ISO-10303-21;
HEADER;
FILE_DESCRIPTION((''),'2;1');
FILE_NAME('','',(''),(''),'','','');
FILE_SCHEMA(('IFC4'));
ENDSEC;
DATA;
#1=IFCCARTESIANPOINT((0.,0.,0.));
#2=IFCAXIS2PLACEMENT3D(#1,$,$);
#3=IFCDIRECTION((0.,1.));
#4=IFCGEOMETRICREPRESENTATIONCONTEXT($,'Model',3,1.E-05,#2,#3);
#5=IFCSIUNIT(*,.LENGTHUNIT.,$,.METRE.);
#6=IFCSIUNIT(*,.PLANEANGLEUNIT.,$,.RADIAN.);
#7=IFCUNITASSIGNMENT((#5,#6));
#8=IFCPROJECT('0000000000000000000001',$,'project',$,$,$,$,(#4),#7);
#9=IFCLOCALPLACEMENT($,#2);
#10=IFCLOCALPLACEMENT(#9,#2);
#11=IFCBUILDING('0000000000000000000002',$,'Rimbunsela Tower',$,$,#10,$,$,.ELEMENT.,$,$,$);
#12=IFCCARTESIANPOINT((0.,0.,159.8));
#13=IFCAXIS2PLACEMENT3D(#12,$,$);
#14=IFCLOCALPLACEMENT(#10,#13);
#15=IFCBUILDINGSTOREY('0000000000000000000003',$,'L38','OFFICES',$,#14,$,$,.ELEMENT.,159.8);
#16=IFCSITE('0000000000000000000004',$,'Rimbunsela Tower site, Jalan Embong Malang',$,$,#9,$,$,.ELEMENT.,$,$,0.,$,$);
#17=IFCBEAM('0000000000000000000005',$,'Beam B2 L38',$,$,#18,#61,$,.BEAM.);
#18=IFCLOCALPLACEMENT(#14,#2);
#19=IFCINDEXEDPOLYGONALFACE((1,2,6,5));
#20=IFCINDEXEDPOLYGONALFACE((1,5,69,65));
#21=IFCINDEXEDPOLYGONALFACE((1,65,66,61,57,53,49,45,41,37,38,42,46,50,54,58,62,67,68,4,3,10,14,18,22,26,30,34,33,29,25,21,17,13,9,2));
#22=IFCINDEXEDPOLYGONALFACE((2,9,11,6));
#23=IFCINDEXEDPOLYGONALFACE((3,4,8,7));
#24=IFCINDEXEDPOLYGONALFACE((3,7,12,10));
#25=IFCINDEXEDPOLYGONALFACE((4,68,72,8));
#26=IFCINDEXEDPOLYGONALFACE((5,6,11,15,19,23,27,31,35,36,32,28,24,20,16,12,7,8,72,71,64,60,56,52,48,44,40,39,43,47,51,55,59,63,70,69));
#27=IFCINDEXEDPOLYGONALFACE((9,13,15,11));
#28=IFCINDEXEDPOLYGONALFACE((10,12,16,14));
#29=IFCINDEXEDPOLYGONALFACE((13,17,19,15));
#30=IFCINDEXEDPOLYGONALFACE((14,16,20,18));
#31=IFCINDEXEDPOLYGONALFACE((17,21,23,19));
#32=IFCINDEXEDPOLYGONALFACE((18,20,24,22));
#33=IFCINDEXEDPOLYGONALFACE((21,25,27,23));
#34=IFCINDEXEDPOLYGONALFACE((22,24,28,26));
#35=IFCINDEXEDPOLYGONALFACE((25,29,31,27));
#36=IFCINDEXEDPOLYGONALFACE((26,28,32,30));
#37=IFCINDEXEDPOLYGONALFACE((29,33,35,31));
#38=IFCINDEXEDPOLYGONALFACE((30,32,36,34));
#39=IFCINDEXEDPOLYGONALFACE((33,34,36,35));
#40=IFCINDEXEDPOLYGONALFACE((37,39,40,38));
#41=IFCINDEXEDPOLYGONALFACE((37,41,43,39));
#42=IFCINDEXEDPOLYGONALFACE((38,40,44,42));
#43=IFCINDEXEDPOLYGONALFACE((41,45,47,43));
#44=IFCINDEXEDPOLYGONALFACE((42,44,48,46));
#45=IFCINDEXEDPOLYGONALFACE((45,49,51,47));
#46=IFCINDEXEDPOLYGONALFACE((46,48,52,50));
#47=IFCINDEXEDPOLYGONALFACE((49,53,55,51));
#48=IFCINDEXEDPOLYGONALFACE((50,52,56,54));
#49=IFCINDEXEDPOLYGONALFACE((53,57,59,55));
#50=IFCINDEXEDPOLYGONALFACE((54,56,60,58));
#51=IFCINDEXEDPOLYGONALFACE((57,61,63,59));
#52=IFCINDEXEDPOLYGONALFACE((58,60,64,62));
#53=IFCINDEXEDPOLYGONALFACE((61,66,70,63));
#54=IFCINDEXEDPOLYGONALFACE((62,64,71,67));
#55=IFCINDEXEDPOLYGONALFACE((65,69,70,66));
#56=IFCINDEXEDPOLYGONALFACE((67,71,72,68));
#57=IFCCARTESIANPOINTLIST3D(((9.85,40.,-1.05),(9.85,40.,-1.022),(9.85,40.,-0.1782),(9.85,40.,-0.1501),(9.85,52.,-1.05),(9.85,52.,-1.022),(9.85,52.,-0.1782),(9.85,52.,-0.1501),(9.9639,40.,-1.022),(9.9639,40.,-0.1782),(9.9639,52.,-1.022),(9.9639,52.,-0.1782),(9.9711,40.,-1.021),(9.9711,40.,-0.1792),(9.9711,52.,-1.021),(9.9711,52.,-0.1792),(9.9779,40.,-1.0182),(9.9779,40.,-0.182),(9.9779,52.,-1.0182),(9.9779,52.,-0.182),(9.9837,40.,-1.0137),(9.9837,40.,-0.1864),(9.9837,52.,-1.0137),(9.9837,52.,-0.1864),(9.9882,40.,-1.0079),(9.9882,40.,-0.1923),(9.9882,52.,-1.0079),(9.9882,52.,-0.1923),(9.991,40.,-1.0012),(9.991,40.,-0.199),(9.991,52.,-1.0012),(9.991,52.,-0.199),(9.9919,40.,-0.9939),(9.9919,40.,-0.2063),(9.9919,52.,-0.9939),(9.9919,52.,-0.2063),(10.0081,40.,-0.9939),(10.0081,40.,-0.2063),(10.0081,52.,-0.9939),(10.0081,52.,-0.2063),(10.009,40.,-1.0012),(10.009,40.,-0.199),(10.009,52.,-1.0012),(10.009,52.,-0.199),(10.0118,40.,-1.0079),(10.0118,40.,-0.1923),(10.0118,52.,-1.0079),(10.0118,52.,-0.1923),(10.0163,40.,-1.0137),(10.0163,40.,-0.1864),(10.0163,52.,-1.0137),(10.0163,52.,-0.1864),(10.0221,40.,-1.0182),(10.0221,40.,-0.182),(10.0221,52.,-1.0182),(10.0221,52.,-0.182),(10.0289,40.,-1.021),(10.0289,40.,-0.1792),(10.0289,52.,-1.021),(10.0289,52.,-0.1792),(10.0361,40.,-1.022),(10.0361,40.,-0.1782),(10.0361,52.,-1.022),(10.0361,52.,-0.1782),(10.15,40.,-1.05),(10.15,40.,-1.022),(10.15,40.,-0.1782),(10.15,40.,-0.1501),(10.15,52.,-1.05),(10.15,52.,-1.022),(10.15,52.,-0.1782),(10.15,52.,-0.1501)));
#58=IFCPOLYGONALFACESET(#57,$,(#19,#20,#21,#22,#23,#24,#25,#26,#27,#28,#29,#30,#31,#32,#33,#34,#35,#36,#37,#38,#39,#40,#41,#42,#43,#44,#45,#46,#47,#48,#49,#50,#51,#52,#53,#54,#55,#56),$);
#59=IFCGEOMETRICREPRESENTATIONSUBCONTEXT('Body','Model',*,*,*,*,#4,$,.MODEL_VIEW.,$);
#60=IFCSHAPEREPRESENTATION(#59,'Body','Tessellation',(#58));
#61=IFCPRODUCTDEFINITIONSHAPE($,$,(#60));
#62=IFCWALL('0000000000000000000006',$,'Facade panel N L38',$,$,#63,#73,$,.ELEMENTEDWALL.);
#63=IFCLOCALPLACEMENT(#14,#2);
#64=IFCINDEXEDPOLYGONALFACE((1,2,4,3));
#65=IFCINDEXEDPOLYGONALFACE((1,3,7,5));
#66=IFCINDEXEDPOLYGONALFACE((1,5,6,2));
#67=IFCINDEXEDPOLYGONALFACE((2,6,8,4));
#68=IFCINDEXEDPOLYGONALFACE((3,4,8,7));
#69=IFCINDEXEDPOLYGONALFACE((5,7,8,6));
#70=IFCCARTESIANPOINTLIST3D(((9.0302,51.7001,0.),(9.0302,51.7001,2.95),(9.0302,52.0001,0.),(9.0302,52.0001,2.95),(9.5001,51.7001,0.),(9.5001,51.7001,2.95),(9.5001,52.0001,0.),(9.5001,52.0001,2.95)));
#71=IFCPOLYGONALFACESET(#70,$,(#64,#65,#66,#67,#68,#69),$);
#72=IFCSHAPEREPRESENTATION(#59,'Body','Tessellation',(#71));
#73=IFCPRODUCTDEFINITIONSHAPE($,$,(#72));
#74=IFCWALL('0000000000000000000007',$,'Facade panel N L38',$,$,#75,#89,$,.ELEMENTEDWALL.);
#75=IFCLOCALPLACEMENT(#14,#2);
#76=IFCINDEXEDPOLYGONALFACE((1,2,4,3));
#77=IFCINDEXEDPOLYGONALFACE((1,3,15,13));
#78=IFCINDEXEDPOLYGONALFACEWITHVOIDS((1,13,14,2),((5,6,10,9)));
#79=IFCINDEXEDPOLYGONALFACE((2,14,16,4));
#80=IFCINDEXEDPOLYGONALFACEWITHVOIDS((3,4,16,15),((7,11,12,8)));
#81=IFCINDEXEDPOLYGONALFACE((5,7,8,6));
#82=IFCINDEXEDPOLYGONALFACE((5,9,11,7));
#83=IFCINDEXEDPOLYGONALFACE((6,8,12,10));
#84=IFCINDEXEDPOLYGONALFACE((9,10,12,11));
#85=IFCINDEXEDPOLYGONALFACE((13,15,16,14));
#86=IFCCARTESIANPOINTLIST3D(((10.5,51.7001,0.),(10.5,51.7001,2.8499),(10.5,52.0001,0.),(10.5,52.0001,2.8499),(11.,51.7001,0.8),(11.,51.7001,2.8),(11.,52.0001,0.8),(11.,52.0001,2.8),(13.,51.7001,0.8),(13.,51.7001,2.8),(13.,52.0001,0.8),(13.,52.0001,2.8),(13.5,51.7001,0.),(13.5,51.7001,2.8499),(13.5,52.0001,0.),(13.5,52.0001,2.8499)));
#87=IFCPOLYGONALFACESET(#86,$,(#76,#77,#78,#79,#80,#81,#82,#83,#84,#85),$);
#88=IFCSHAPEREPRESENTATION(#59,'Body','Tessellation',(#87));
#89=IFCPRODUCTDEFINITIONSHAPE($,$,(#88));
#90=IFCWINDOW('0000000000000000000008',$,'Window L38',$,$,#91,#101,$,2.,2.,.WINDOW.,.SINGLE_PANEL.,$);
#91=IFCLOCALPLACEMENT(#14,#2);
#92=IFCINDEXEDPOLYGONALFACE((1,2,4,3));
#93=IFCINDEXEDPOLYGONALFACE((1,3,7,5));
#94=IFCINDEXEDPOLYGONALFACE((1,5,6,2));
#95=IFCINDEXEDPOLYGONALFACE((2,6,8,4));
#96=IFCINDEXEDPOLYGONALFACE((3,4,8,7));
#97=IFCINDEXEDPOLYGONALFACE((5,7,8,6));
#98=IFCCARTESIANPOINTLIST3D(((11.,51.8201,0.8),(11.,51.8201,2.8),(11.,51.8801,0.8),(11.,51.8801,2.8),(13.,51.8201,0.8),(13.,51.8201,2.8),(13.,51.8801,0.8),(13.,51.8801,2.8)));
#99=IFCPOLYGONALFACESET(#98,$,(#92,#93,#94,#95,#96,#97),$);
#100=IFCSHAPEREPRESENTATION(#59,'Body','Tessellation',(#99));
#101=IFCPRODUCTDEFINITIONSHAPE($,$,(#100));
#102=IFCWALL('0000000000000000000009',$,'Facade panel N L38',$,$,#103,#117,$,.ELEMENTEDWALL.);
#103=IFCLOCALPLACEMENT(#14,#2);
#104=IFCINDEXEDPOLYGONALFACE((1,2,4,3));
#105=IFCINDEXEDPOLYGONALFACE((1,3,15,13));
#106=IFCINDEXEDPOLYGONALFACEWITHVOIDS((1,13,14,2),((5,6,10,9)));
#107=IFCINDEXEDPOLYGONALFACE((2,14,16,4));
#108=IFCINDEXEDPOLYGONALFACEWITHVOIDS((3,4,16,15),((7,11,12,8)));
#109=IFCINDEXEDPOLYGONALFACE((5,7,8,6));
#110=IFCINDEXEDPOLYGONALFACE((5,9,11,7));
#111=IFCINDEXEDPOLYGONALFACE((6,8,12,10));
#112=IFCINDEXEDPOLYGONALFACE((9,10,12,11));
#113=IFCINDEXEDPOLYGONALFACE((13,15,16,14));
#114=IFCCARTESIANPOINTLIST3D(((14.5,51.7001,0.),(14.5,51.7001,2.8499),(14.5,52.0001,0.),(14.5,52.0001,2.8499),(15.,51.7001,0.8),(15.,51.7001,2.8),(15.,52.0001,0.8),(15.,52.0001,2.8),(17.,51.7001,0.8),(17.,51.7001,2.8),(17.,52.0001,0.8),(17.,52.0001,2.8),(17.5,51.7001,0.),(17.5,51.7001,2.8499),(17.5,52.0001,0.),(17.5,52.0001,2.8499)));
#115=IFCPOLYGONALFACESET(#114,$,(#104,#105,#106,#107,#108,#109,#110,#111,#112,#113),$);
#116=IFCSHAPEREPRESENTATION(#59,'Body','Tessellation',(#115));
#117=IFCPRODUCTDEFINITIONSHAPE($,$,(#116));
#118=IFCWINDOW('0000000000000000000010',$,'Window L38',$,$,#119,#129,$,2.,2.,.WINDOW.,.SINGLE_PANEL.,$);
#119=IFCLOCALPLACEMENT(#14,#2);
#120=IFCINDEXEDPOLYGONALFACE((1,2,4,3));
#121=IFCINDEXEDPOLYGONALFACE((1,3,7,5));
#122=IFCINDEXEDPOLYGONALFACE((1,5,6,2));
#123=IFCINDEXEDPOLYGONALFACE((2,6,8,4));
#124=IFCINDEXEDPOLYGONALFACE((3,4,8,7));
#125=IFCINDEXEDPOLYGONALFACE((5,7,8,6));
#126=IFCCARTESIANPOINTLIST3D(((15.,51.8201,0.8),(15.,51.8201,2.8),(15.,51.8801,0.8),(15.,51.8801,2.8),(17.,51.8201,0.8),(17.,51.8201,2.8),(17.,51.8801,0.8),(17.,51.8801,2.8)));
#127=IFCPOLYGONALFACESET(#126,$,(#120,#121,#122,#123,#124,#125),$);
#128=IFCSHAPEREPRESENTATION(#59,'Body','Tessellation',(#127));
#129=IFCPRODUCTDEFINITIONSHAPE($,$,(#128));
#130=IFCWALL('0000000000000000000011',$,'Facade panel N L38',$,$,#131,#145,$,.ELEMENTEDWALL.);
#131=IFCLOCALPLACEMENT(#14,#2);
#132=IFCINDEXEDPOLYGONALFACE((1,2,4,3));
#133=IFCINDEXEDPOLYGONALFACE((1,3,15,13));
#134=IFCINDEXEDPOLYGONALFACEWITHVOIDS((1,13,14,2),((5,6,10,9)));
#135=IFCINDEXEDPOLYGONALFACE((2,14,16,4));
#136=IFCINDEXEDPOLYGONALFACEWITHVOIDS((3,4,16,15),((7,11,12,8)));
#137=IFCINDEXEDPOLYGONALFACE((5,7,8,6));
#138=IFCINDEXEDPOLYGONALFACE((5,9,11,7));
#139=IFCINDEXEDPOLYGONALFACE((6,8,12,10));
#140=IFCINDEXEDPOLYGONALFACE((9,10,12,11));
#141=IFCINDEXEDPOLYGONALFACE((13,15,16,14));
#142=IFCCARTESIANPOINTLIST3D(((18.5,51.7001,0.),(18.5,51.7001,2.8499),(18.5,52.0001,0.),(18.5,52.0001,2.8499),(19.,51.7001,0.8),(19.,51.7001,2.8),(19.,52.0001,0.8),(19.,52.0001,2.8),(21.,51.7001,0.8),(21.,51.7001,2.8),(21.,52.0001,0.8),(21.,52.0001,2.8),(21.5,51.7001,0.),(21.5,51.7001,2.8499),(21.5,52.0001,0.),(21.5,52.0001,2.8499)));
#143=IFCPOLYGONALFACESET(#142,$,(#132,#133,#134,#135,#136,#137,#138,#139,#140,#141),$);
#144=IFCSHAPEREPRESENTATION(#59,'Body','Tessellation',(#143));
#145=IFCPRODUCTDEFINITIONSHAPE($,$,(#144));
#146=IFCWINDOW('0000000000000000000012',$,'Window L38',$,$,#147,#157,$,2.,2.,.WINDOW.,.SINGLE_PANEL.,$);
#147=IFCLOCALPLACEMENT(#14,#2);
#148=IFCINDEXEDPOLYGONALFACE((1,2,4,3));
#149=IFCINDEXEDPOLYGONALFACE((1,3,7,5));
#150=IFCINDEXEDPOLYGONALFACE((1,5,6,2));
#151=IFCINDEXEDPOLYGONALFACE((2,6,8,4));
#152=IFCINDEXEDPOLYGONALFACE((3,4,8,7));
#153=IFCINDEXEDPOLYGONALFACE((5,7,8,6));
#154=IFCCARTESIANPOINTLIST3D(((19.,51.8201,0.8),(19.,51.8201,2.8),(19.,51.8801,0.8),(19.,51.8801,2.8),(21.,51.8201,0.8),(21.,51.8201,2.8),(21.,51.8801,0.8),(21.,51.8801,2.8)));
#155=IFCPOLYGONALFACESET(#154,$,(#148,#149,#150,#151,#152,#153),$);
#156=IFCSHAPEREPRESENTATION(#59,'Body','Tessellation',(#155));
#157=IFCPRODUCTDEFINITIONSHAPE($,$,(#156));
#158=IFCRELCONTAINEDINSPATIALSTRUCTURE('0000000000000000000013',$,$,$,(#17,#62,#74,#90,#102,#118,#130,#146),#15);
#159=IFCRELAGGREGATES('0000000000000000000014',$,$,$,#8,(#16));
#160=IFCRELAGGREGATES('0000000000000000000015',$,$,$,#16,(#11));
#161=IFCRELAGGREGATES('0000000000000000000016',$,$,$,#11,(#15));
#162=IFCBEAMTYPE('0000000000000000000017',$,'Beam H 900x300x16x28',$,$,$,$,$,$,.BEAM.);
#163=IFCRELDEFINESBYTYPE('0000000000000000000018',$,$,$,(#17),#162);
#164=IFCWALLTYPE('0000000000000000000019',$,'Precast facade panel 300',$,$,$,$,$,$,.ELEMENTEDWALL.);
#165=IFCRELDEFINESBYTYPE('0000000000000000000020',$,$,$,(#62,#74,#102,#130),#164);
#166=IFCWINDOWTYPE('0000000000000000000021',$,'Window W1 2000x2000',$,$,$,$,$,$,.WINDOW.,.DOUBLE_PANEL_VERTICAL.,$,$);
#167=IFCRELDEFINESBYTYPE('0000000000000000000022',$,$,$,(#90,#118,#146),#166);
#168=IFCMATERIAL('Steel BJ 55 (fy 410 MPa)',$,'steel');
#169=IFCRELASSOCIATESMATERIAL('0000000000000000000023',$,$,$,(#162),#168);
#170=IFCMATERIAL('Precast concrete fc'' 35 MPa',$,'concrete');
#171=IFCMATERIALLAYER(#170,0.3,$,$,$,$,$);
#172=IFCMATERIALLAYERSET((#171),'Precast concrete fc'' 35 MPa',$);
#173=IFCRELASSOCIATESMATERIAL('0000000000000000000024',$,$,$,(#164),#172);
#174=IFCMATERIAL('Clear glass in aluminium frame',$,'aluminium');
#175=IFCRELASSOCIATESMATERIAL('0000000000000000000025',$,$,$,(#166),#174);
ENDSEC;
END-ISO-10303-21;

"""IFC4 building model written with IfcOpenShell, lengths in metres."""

from ifc_helpers import new_model, si_unit, direction, frame, frame_2d, origin, origin_2d, place, context, subcontext, project, spatial, rectangle, i_section, extrude, material, layer, layer_set, material_profile, profile_set, type_object, element, fill, save


model = new_model("IFC4")

# Units and contexts
model_context = context("Model", 3, precision=1e-05, world=origin(), true_north=direction((0.0, 1.0)))
body_context = subcontext(model_context, "Body", "Model", "MODEL_VIEW")
ifc_project = project(units=[si_unit("LENGTHUNIT", "METRE"), si_unit("PLANEANGLEUNIT", "RADIAN")], contexts=[model_context])

# Site, building, storey
site_placement = place(None, origin())
site = spatial("IfcSite", under=ifc_project, at=site_placement, Name="Rimbunsela Tower site, Jalan Embong Malang", CompositionType="ELEMENT", RefElevation=0.0)
building_placement = place(site_placement, origin())
building = spatial("IfcBuilding", under=site, at=building_placement, Name="Rimbunsela Tower", CompositionType="ELEMENT")
storey_placement = place(building_placement, frame((0.0, 0.0, 159.8)))
storey = spatial("IfcBuildingStorey", under=building, at=storey_placement, Name="L38", Description="OFFICES", CompositionType="ELEMENT", Elevation=159.8)

# Beam
ifc_material_1 = material(Name="Steel BJ 55 (fy 410 MPa)", Category="steel")
ifc_material_profile_1 = material_profile(ifc_material_1, i_section(OverallWidth=0.3, OverallDepth=0.8999, WebThickness=0.0161, FlangeThickness=0.0281, FilletRadius=0.0281, at=origin_2d()), Name="H 900x300x16x28")
ifc_profile_set_1 = profile_set([ifc_material_profile_1], Name="Steel BJ 55 (fy 410 MPa)")
beam_type_1 = type_object("IfcBeamType", Name="Beam H 900x300x16x28", PredefinedType="BEAM", material=ifc_profile_set_1)
beam_1_placement = place(storey_placement, frame((10.0, 40.0, -0.6001), z_axis=(0.0, 1.0, 0.0), x_axis=(-1.0, 0.0, 0.0)))
element("IfcBeam", 1, at=beam_1_placement, inside=storey, type_object=beam_type_1, Name="Beam B2 L38", PredefinedType="BEAM", context=body_context, shape_type="SweptSolid", body=[
    extrude(i_section(OverallWidth=0.3, OverallDepth=0.8999, WebThickness=0.0161, FlangeThickness=0.0281, FilletRadius=0.0281, at=origin_2d()), origin(), (0.0, 0.0, 1.0), 12.0),
])

# Wall
ifc_material_2 = material(Name="Precast concrete fc' 35 MPa", Category="concrete")
ifc_layer_1 = layer(ifc_material_2, 0.3)
ifc_layer_set_1 = layer_set([ifc_layer_1], Name="Precast concrete fc' 35 MPa")
wall_type_1 = type_object("IfcWallType", Name="Precast facade panel 300", PredefinedType="ELEMENTEDWALL", material=ifc_layer_set_1)
wall_1_placement = place(storey_placement, frame((9.5, 51.8501, 0.0), z_axis=(0.0, 0.0, 1.0), x_axis=(-1.0, 0.0, 0.0)))
element("IfcWall", 2, at=wall_1_placement, inside=storey, type_object=wall_type_1, Name="Facade panel N L38", PredefinedType="ELEMENTEDWALL", context=body_context, shape_type="SweptSolid", body=[
    extrude(rectangle(XDim=0.47, YDim=0.3, at=frame_2d((0.2349, 0.0))), origin(), (0.0, 0.0, 1.0), 2.95),
])

# Walls, openings, windows
wall_2_placement = place(storey_placement, frame((13.5, 51.8501, 0.0), z_axis=(0.0, 0.0, 1.0), x_axis=(-1.0, 0.0, 0.0)))
wall_2 = element("IfcWall", 3, at=wall_2_placement, inside=storey, type_object=wall_type_1, Name="Facade panel N L38", PredefinedType="ELEMENTEDWALL", context=body_context, shape_type="SweptSolid", body=[
    extrude(rectangle(XDim=3.0, YDim=0.3, at=frame_2d((1.5, 0.0))), origin(), (0.0, 0.0, 1.0), 2.8499),
])
opening_1_placement = place(wall_2_placement, frame((0.5, 0.0, 0.8)))
opening_1 = element("IfcOpeningElement", 4, at=opening_1_placement, cuts=wall_2, PredefinedType="OPENING", context=body_context, shape_type="SweptSolid", body=[
    extrude(rectangle(XDim=2.0, YDim=2.0, at=frame_2d((1.0, 1.0))), frame((0.0, 0.1599, 0.0), z_axis=(0.0, -1.0, 0.0), x_axis=(1.0, 0.0, 0.0)), (0.0, 0.0, 1.0), 0.3201),
])
ifc_material_3 = material(Name="Clear glass in aluminium frame", Category="aluminium")
window_type = type_object("IfcWindowType", Name="Window W1 2000x2000", PartitioningType="DOUBLE_PANEL_VERTICAL", PredefinedType="WINDOW", material=ifc_material_3)
window_1_placement = place(opening_1_placement, origin())
window_1 = element("IfcWindow", 5, at=window_1_placement, inside=storey, type_object=window_type, Name="Window L38", OverallHeight=2.0, OverallWidth=2.0, PartitioningType="SINGLE_PANEL", PredefinedType="WINDOW", context=body_context, shape_type="SweptSolid", body=[
    extrude(rectangle(XDim=2.0, YDim=2.0, at=frame_2d((1.0, 1.0))), frame((0.0, 0.03, 0.0), z_axis=(0.0, -1.0, 0.0), x_axis=(1.0, 0.0, 0.0)), (0.0, 0.0, 1.0), 0.0601),
])
fill(opening_1, window_1)
wall_3_placement = place(storey_placement, frame((17.5, 51.8501, 0.0), z_axis=(0.0, 0.0, 1.0), x_axis=(-1.0, 0.0, 0.0)))
wall_3 = element("IfcWall", 6, at=wall_3_placement, inside=storey, type_object=wall_type_1, Name="Facade panel N L38", PredefinedType="ELEMENTEDWALL", context=body_context, shape_type="SweptSolid", body=[
    extrude(rectangle(XDim=3.0, YDim=0.3, at=frame_2d((1.5, 0.0))), origin(), (0.0, 0.0, 1.0), 2.8499),
])
opening_2_placement = place(wall_3_placement, frame((0.5, 0.0, 0.8)))
opening_2 = element("IfcOpeningElement", 7, at=opening_2_placement, cuts=wall_3, PredefinedType="OPENING", context=body_context, shape_type="SweptSolid", body=[
    extrude(rectangle(XDim=2.0, YDim=2.0, at=frame_2d((1.0, 1.0))), frame((0.0, 0.1599, 0.0), z_axis=(0.0, -1.0, 0.0), x_axis=(1.0, 0.0, 0.0)), (0.0, 0.0, 1.0), 0.3201),
])
window_2_placement = place(opening_2_placement, origin())
window_2 = element("IfcWindow", 8, at=window_2_placement, inside=storey, type_object=window_type, Name="Window L38", OverallHeight=2.0, OverallWidth=2.0, PartitioningType="SINGLE_PANEL", PredefinedType="WINDOW", context=body_context, shape_type="SweptSolid", body=[
    extrude(rectangle(XDim=2.0, YDim=2.0, at=frame_2d((1.0, 1.0))), frame((0.0, 0.03, 0.0), z_axis=(0.0, -1.0, 0.0), x_axis=(1.0, 0.0, 0.0)), (0.0, 0.0, 1.0), 0.0601),
])
fill(opening_2, window_2)
wall_4_placement = place(storey_placement, frame((21.5, 51.8501, 0.0), z_axis=(0.0, 0.0, 1.0), x_axis=(-1.0, 0.0, 0.0)))
wall_4 = element("IfcWall", 9, at=wall_4_placement, inside=storey, type_object=wall_type_1, Name="Facade panel N L38", PredefinedType="ELEMENTEDWALL", context=body_context, shape_type="SweptSolid", body=[
    extrude(rectangle(XDim=3.0, YDim=0.3, at=frame_2d((1.5, 0.0))), origin(), (0.0, 0.0, 1.0), 2.8499),
])
opening_3_placement = place(wall_4_placement, frame((0.5, 0.0, 0.8)))
opening_3 = element("IfcOpeningElement", 10, at=opening_3_placement, cuts=wall_4, PredefinedType="OPENING", context=body_context, shape_type="SweptSolid", body=[
    extrude(rectangle(XDim=2.0, YDim=2.0, at=frame_2d((1.0, 1.0))), frame((0.0, 0.1599, 0.0), z_axis=(0.0, -1.0, 0.0), x_axis=(1.0, 0.0, 0.0)), (0.0, 0.0, 1.0), 0.3201),
])
window_3_placement = place(opening_3_placement, origin())
window_3 = element("IfcWindow", 11, at=window_3_placement, inside=storey, type_object=window_type, Name="Window L38", OverallHeight=2.0, OverallWidth=2.0, PartitioningType="SINGLE_PANEL", PredefinedType="WINDOW", context=body_context, shape_type="SweptSolid", body=[
    extrude(rectangle(XDim=2.0, YDim=2.0, at=frame_2d((1.0, 1.0))), frame((0.0, 0.03, 0.0), z_axis=(0.0, -1.0, 0.0), x_axis=(1.0, 0.0, 0.0)), (0.0, 0.0, 1.0), 0.0601),
])
fill(opening_3, window_3)

save(model, "model.ifc")
